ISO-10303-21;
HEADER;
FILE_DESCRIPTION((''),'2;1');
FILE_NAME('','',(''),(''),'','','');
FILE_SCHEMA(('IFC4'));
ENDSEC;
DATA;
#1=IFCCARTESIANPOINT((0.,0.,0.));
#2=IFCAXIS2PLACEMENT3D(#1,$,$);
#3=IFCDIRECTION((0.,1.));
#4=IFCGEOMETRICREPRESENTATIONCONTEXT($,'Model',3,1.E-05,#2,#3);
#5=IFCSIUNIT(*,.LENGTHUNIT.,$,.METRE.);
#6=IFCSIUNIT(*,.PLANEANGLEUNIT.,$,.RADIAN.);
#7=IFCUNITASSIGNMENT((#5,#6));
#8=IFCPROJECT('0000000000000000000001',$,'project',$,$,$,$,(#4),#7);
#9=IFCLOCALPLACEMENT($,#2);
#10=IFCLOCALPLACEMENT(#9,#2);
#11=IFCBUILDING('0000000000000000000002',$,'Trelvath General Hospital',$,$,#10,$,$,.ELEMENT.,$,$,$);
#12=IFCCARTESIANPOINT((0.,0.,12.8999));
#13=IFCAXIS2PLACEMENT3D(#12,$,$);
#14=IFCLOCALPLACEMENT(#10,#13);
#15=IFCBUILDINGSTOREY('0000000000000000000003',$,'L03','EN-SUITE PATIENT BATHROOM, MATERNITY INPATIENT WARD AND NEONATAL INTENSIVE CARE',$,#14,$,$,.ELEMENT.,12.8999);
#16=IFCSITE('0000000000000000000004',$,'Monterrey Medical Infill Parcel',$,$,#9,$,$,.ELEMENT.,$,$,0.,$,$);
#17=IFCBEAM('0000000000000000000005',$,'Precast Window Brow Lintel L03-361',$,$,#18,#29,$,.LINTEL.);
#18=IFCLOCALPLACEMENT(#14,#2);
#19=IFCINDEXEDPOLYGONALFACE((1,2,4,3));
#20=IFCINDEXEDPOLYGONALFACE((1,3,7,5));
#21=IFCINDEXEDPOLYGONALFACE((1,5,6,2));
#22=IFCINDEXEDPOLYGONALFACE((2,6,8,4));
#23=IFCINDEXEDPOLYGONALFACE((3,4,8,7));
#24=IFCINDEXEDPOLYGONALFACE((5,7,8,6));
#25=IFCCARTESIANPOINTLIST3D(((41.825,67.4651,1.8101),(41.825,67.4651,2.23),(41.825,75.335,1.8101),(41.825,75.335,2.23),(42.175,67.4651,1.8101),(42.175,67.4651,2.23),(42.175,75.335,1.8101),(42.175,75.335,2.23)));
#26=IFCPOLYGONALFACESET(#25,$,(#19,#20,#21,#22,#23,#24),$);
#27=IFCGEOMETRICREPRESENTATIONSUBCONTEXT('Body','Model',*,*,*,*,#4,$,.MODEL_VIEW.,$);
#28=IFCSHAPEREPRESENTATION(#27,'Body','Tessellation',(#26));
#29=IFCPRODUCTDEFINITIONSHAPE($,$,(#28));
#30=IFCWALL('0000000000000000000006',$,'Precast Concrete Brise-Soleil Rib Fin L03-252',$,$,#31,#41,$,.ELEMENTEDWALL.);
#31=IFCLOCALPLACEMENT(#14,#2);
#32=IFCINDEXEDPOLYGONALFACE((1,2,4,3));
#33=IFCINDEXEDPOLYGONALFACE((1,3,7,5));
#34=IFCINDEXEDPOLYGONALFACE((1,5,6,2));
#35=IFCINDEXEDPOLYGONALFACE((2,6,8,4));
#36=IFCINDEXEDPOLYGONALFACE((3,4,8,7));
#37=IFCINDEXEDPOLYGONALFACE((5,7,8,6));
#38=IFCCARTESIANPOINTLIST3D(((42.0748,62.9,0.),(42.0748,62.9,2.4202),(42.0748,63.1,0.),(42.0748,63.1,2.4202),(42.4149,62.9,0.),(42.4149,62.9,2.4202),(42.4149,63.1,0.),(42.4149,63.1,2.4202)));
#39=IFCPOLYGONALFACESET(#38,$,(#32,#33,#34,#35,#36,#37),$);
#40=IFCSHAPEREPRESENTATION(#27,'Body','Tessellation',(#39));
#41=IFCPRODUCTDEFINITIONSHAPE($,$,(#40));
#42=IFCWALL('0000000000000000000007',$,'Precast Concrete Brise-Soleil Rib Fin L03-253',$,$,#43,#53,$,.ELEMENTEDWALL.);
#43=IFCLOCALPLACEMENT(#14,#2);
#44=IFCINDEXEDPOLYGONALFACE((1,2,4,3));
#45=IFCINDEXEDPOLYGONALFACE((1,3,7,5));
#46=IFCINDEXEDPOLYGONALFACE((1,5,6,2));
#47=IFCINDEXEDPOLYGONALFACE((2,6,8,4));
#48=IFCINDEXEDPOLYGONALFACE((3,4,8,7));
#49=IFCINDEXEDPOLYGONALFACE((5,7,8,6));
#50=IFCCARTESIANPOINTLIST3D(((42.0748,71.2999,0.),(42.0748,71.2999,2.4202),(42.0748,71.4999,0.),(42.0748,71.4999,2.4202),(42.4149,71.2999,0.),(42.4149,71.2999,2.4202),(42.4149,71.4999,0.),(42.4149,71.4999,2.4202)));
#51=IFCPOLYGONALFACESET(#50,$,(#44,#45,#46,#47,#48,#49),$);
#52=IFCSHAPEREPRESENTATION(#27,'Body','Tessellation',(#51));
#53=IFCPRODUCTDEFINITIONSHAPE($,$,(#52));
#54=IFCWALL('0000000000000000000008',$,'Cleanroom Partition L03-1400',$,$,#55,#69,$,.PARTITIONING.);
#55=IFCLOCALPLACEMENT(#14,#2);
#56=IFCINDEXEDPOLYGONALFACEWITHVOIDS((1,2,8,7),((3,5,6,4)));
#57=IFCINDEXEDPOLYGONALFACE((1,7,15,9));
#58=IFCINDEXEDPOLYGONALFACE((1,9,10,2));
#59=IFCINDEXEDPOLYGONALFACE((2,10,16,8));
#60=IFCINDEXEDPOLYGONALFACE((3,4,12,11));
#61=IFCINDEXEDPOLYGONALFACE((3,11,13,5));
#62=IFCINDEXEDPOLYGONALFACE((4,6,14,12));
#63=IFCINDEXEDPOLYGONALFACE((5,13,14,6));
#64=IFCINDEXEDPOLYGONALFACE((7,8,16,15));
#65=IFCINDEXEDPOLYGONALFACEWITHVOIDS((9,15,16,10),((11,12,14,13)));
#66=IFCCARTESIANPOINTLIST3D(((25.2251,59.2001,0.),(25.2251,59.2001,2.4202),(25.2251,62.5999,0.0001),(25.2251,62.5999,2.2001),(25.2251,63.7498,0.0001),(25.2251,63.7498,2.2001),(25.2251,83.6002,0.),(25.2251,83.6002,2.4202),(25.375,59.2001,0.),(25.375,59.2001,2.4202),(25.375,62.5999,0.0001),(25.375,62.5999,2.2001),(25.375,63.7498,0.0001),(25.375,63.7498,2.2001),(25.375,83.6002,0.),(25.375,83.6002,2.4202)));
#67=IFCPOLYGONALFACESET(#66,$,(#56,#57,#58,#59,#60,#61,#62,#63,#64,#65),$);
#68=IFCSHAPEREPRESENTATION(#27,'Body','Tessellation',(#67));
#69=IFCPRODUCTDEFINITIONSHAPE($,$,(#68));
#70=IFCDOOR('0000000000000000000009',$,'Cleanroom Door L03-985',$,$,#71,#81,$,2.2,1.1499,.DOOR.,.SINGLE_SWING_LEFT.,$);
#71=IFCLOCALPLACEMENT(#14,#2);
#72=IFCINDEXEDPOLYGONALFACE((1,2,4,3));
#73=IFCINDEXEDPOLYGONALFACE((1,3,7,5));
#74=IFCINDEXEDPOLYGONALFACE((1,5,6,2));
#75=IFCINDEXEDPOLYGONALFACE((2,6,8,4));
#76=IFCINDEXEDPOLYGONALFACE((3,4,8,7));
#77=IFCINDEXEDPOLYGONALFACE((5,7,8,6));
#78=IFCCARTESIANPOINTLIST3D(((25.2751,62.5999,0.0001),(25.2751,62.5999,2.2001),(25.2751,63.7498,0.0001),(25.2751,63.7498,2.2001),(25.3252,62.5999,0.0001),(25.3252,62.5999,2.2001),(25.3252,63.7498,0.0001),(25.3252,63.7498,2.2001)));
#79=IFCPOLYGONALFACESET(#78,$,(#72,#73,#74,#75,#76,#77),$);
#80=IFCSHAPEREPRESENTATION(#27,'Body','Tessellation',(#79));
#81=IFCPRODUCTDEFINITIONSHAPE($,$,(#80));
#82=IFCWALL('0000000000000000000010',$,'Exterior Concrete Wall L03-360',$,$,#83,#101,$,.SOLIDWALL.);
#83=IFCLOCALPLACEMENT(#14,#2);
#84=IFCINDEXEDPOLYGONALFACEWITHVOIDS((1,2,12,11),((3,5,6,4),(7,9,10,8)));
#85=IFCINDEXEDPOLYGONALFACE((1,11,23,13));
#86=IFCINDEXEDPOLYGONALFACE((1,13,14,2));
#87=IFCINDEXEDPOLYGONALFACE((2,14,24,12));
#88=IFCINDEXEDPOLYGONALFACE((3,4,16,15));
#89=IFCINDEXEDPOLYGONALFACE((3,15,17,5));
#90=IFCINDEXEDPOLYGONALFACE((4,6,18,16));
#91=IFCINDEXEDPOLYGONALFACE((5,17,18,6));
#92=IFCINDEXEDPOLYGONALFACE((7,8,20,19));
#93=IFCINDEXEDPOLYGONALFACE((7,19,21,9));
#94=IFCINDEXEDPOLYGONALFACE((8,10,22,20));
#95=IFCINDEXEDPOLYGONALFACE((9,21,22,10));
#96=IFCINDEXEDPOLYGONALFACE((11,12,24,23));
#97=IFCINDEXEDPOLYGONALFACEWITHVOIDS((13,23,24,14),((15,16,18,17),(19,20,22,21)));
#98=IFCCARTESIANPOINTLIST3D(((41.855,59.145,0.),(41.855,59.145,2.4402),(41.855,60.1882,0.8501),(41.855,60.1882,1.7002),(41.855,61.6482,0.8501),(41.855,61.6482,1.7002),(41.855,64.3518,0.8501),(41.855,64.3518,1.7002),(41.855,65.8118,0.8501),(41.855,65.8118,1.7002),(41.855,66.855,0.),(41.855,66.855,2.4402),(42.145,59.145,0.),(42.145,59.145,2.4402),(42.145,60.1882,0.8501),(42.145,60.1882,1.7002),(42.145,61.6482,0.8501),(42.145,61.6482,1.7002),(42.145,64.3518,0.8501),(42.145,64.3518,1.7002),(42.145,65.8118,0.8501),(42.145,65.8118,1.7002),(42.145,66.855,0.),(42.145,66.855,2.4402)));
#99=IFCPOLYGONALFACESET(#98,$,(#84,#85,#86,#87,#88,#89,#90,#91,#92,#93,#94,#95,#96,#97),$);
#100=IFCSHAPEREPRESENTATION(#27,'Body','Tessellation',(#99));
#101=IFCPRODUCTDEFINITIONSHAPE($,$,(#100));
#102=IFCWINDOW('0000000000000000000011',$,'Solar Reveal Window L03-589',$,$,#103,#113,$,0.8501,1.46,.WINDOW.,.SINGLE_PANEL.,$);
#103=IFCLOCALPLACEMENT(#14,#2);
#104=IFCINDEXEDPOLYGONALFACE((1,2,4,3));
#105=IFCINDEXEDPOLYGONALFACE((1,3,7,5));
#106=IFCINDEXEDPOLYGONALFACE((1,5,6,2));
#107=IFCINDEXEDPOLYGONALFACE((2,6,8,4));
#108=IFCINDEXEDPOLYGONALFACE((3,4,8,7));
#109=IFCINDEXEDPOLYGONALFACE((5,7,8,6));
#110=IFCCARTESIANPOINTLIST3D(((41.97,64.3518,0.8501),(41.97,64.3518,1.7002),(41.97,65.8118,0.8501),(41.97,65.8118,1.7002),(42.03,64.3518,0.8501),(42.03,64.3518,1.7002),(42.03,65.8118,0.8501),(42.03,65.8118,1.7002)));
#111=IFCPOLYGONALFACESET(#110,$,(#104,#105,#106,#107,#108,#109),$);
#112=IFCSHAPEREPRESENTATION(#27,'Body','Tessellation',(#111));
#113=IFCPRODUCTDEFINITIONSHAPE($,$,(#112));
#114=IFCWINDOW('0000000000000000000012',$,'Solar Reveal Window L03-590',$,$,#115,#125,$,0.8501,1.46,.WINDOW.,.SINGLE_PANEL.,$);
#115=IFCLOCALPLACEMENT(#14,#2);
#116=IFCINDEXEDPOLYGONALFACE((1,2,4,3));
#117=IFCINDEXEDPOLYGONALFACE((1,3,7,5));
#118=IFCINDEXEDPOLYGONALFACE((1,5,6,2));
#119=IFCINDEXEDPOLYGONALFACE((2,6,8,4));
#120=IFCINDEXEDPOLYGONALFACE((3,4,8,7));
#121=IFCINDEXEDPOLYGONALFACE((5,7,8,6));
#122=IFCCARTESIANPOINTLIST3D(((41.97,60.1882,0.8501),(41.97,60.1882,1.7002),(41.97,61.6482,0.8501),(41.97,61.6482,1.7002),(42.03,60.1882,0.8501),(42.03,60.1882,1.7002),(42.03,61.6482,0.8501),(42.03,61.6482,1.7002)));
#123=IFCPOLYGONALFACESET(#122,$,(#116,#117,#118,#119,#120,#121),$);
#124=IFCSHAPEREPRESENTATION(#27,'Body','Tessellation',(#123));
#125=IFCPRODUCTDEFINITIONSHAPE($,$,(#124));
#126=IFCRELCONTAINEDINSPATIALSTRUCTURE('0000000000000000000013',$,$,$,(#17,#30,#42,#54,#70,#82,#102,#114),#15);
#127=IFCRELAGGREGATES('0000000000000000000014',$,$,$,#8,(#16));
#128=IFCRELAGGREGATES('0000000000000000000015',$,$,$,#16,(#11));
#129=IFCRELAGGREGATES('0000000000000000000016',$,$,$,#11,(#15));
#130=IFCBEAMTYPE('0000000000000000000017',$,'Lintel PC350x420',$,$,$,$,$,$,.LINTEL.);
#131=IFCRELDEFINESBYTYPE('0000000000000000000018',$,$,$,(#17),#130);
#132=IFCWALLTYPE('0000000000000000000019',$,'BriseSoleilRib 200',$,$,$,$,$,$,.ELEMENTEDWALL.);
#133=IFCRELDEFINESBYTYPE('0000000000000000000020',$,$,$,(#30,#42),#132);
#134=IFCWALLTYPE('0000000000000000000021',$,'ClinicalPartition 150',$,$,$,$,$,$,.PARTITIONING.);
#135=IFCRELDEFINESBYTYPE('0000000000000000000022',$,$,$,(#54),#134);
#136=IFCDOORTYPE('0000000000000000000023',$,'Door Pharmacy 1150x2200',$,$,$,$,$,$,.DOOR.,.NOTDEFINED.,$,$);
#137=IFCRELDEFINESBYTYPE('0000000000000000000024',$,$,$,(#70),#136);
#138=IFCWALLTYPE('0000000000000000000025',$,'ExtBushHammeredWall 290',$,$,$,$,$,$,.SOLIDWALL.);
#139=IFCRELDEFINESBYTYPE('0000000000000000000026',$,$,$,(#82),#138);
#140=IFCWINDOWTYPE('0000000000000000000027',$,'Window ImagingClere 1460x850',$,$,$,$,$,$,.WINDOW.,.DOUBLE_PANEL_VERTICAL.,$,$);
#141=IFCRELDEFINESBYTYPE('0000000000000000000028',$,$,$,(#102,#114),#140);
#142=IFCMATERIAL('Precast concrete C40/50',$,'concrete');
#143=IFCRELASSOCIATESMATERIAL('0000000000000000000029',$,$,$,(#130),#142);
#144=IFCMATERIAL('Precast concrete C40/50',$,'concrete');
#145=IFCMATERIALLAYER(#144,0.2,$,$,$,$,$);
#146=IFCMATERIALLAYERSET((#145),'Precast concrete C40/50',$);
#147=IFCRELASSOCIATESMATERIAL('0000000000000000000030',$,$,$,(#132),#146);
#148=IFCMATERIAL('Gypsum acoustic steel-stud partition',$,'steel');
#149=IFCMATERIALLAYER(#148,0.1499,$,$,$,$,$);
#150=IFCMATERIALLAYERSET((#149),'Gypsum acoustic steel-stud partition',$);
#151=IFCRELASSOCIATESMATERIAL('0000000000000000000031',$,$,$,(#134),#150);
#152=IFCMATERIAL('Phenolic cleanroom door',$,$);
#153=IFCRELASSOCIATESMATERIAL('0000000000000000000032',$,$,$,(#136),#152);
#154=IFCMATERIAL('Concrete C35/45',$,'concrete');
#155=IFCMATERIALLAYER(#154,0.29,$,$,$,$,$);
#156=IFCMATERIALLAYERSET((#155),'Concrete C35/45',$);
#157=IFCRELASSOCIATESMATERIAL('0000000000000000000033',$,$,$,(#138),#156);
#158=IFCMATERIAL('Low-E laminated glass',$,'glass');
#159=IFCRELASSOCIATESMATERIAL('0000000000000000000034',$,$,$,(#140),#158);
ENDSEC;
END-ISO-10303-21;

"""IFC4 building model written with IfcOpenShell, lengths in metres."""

from ifc_helpers import new_model, si_unit, direction, frame, frame_2d, origin, origin_2d, place, context, subcontext, project, spatial, rectangle, extrude, material, layer, layer_set, material_profile, profile_set, type_object, element, fill, save


model = new_model("IFC4")

# Units and contexts
model_context = context("Model", 3, precision=1e-05, world=origin(), true_north=direction((0.0, 1.0)))
body_context = subcontext(model_context, "Body", "Model", "MODEL_VIEW")
ifc_project = project(units=[si_unit("LENGTHUNIT", "METRE"), si_unit("PLANEANGLEUNIT", "RADIAN")], contexts=[model_context])

# Site, building, storey
site_placement = place(None, origin())
site = spatial("IfcSite", under=ifc_project, at=site_placement, Name="Monterrey Medical Infill Parcel", CompositionType="ELEMENT", RefElevation=0.0)
building_placement = place(site_placement, origin())
building = spatial("IfcBuilding", under=site, at=building_placement, Name="Trelvath General Hospital", CompositionType="ELEMENT")
storey_placement = place(building_placement, frame((0.0, 0.0, 12.8999)))
storey = spatial("IfcBuildingStorey", under=building, at=storey_placement, Name="L03", Description="EN-SUITE PATIENT BATHROOM, MATERNITY INPATIENT WARD AND NEONATAL INTENSIVE CARE", CompositionType="ELEMENT", Elevation=12.8999)

# Beam
ifc_material_1 = material(Name="Precast concrete C40/50", Category="concrete")
ifc_material_profile_1 = material_profile(ifc_material_1, rectangle(XDim=0.3501, YDim=0.4199, at=origin_2d()), Name="PCL350x420")
ifc_profile_set_1 = profile_set([ifc_material_profile_1], Name="Precast concrete C40/50")
beam_type_1 = type_object("IfcBeamType", Name="Lintel PC350x420", PredefinedType="LINTEL", material=ifc_profile_set_1)
beam_1_placement = place(storey_placement, frame((42.0, 75.335, 2.02), z_axis=(0.0, -1.0, 0.0), x_axis=(1.0, 0.0, 0.0)))
element("IfcBeam", 1, at=beam_1_placement, inside=storey, type_object=beam_type_1, Name="Precast Window Brow Lintel L03-361", PredefinedType="LINTEL", context=body_context, shape_type="SweptSolid", body=[
    extrude(rectangle(XDim=0.3501, YDim=0.4199, at=origin_2d()), origin(), (0.0, 0.0, 1.0), 7.8699),
])

# Walls
ifc_material_2 = material(Name="Precast concrete C40/50", Category="concrete")
ifc_layer_1 = layer(ifc_material_2, 0.2)
ifc_layer_set_1 = layer_set([ifc_layer_1], Name="Precast concrete C40/50")
wall_type_1 = type_object("IfcWallType", Name="BriseSoleilRib 200", PredefinedType="ELEMENTEDWALL", material=ifc_layer_set_1)
for number, where, z_axis, x_axis, name in (
    (2, (42.075, 63.0, 0.0), (0.0, 0.0, 1.0), (1.0, 0.0, 0.0), "Precast Concrete Brise-Soleil Rib Fin L03-252"),
    (3, (42.075, 71.3999, 0.0), (0.0, 0.0, 1.0), (1.0, 0.0, 0.0), "Precast Concrete Brise-Soleil Rib Fin L03-253"),
):
    element("IfcWall", number, at=place(storey_placement, frame(where, z_axis=z_axis, x_axis=x_axis)), inside=storey, type_object=wall_type_1, Name=name, PredefinedType="ELEMENTEDWALL", context=body_context, shape_type="SweptSolid", body=[
        extrude(rectangle(XDim=0.3401, YDim=0.2, at=frame_2d((0.1699, 0.0))), origin(), (0.0, 0.0, 1.0), 2.4202),
    ])

# Wall, opening, door
ifc_material_3 = material(Name="Gypsum acoustic steel-stud partition", Category="steel")
ifc_layer_2 = layer(ifc_material_3, 0.1499)
ifc_layer_set_2 = layer_set([ifc_layer_2], Name="Gypsum acoustic steel-stud partition")
wall_type_2 = type_object("IfcWallType", Name="ClinicalPartition 150", PredefinedType="PARTITIONING", material=ifc_layer_set_2)
wall_1_placement = place(storey_placement, frame((25.3, 59.2, 0.0), z_axis=(0.0, 0.0, 1.0), x_axis=(0.0, 1.0, 0.0)))
wall_1 = element("IfcWall", 4, at=wall_1_placement, inside=storey, type_object=wall_type_2, Name="Cleanroom Partition L03-1400", PredefinedType="PARTITIONING", context=body_context, shape_type="SweptSolid", body=[
    extrude(rectangle(XDim=24.4001, YDim=0.1499, at=frame_2d((12.2002, 0.0))), origin(), (0.0, 0.0, 1.0), 2.4202),
])
opening_1_placement = place(wall_1_placement, frame((3.3999, 0.0, 0.0)))
opening_1 = element("IfcOpeningElement", 5, at=opening_1_placement, cuts=wall_1, PredefinedType="OPENING", context=body_context, shape_type="SweptSolid", body=[
    extrude(rectangle(XDim=1.1499, YDim=2.2, at=frame_2d((0.575, 1.1001))), frame((0.0, 0.085, 0.0), z_axis=(0.0, -1.0, 0.0), x_axis=(1.0, 0.0, 0.0)), (0.0, 0.0, 1.0), 0.1699),
])
ifc_material_4 = material(Name="Phenolic cleanroom door")
door_type = type_object("IfcDoorType", Name="Door Pharmacy 1150x2200", OperationType="NOTDEFINED", PredefinedType="DOOR", material=ifc_material_4)
door_placement = place(opening_1_placement, origin())
door = element("IfcDoor", 6, at=door_placement, inside=storey, type_object=door_type, Name="Cleanroom Door L03-985", OperationType="SINGLE_SWING_LEFT", OverallHeight=2.2, OverallWidth=1.1499, PredefinedType="DOOR", context=body_context, shape_type="SweptSolid", body=[
    extrude(rectangle(XDim=1.1499, YDim=2.2, at=frame_2d((0.575, 1.1001))), frame((0.0, 0.0249, 0.0), z_axis=(0.0, -1.0, 0.0), x_axis=(1.0, 0.0, 0.0)), (0.0, 0.0, 1.0), 0.05),
])
fill(opening_1, door)

# Wall, openings, windows
ifc_material_5 = material(Name="Concrete C35/45", Category="concrete")
ifc_layer_3 = layer(ifc_material_5, 0.29)
ifc_layer_set_3 = layer_set([ifc_layer_3], Name="Concrete C35/45")
wall_type_3 = type_object("IfcWallType", Name="ExtBushHammeredWall 290", PredefinedType="SOLIDWALL", material=ifc_layer_set_3)
wall_2_placement = place(storey_placement, frame((42.0, 66.855, 0.0), z_axis=(0.0, 0.0, 1.0), x_axis=(0.0, -1.0, 0.0)))
wall_2 = element("IfcWall", 7, at=wall_2_placement, inside=storey, type_object=wall_type_3, Name="Exterior Concrete Wall L03-360", PredefinedType="SOLIDWALL", context=body_context, shape_type="SweptSolid", body=[
    extrude(rectangle(XDim=7.71, YDim=0.29, at=frame_2d((3.855, 0.0))), origin(), (0.0, 0.0, 1.0), 2.4402),
])
opening_2_placement = place(wall_2_placement, frame((1.0432, 0.0, 0.8501)))
opening_2 = element("IfcOpeningElement", 8, at=opening_2_placement, cuts=wall_2, PredefinedType="OPENING", context=body_context, shape_type="SweptSolid", body=[
    extrude(rectangle(XDim=1.46, YDim=0.8501, at=frame_2d((0.73, 0.425))), frame((0.0, 0.155, 0.0), z_axis=(0.0, -1.0, 0.0), x_axis=(1.0, 0.0, 0.0)), (0.0, 0.0, 1.0), 0.3101),
])
opening_3_placement = place(wall_2_placement, frame((5.2068, 0.0, 0.8501)))
opening_3 = element("IfcOpeningElement", 9, at=opening_3_placement, cuts=wall_2, PredefinedType="OPENING", context=body_context, shape_type="SweptSolid", body=[
    extrude(rectangle(XDim=1.46, YDim=0.8501, at=frame_2d((0.73, 0.425))), frame((0.0, 0.155, 0.0), z_axis=(0.0, -1.0, 0.0), x_axis=(1.0, 0.0, 0.0)), (0.0, 0.0, 1.0), 0.3101),
])
ifc_material_6 = material(Name="Low-E laminated glass", Category="glass")
window_type_1 = type_object("IfcWindowType", Name="Window ImagingClere 1460x850", PartitioningType="DOUBLE_PANEL_VERTICAL", PredefinedType="WINDOW", material=ifc_material_6)
window_1_placement = place(opening_2_placement, origin())
window_1 = element("IfcWindow", 10, at=window_1_placement, inside=storey, type_object=window_type_1, Name="Solar Reveal Window L03-589", OverallHeight=0.8501, OverallWidth=1.46, PartitioningType="SINGLE_PANEL", PredefinedType="WINDOW", context=body_context, shape_type="SweptSolid", body=[
    extrude(rectangle(XDim=1.46, YDim=0.8501, at=frame_2d((0.73, 0.425))), frame((0.0, 0.03, 0.0), z_axis=(0.0, -1.0, 0.0), x_axis=(1.0, 0.0, 0.0)), (0.0, 0.0, 1.0), 0.0601),
])
fill(opening_2, window_1)
window_2_placement = place(opening_3_placement, origin())
window_2 = element("IfcWindow", 11, at=window_2_placement, inside=storey, type_object=window_type_1, Name="Solar Reveal Window L03-590", OverallHeight=0.8501, OverallWidth=1.46, PartitioningType="SINGLE_PANEL", PredefinedType="WINDOW", context=body_context, shape_type="SweptSolid", body=[
    extrude(rectangle(XDim=1.46, YDim=0.8501, at=frame_2d((0.73, 0.425))), frame((0.0, 0.03, 0.0), z_axis=(0.0, -1.0, 0.0), x_axis=(1.0, 0.0, 0.0)), (0.0, 0.0, 1.0), 0.0601),
])
fill(opening_3, window_2)

save(model, "model.ifc")
